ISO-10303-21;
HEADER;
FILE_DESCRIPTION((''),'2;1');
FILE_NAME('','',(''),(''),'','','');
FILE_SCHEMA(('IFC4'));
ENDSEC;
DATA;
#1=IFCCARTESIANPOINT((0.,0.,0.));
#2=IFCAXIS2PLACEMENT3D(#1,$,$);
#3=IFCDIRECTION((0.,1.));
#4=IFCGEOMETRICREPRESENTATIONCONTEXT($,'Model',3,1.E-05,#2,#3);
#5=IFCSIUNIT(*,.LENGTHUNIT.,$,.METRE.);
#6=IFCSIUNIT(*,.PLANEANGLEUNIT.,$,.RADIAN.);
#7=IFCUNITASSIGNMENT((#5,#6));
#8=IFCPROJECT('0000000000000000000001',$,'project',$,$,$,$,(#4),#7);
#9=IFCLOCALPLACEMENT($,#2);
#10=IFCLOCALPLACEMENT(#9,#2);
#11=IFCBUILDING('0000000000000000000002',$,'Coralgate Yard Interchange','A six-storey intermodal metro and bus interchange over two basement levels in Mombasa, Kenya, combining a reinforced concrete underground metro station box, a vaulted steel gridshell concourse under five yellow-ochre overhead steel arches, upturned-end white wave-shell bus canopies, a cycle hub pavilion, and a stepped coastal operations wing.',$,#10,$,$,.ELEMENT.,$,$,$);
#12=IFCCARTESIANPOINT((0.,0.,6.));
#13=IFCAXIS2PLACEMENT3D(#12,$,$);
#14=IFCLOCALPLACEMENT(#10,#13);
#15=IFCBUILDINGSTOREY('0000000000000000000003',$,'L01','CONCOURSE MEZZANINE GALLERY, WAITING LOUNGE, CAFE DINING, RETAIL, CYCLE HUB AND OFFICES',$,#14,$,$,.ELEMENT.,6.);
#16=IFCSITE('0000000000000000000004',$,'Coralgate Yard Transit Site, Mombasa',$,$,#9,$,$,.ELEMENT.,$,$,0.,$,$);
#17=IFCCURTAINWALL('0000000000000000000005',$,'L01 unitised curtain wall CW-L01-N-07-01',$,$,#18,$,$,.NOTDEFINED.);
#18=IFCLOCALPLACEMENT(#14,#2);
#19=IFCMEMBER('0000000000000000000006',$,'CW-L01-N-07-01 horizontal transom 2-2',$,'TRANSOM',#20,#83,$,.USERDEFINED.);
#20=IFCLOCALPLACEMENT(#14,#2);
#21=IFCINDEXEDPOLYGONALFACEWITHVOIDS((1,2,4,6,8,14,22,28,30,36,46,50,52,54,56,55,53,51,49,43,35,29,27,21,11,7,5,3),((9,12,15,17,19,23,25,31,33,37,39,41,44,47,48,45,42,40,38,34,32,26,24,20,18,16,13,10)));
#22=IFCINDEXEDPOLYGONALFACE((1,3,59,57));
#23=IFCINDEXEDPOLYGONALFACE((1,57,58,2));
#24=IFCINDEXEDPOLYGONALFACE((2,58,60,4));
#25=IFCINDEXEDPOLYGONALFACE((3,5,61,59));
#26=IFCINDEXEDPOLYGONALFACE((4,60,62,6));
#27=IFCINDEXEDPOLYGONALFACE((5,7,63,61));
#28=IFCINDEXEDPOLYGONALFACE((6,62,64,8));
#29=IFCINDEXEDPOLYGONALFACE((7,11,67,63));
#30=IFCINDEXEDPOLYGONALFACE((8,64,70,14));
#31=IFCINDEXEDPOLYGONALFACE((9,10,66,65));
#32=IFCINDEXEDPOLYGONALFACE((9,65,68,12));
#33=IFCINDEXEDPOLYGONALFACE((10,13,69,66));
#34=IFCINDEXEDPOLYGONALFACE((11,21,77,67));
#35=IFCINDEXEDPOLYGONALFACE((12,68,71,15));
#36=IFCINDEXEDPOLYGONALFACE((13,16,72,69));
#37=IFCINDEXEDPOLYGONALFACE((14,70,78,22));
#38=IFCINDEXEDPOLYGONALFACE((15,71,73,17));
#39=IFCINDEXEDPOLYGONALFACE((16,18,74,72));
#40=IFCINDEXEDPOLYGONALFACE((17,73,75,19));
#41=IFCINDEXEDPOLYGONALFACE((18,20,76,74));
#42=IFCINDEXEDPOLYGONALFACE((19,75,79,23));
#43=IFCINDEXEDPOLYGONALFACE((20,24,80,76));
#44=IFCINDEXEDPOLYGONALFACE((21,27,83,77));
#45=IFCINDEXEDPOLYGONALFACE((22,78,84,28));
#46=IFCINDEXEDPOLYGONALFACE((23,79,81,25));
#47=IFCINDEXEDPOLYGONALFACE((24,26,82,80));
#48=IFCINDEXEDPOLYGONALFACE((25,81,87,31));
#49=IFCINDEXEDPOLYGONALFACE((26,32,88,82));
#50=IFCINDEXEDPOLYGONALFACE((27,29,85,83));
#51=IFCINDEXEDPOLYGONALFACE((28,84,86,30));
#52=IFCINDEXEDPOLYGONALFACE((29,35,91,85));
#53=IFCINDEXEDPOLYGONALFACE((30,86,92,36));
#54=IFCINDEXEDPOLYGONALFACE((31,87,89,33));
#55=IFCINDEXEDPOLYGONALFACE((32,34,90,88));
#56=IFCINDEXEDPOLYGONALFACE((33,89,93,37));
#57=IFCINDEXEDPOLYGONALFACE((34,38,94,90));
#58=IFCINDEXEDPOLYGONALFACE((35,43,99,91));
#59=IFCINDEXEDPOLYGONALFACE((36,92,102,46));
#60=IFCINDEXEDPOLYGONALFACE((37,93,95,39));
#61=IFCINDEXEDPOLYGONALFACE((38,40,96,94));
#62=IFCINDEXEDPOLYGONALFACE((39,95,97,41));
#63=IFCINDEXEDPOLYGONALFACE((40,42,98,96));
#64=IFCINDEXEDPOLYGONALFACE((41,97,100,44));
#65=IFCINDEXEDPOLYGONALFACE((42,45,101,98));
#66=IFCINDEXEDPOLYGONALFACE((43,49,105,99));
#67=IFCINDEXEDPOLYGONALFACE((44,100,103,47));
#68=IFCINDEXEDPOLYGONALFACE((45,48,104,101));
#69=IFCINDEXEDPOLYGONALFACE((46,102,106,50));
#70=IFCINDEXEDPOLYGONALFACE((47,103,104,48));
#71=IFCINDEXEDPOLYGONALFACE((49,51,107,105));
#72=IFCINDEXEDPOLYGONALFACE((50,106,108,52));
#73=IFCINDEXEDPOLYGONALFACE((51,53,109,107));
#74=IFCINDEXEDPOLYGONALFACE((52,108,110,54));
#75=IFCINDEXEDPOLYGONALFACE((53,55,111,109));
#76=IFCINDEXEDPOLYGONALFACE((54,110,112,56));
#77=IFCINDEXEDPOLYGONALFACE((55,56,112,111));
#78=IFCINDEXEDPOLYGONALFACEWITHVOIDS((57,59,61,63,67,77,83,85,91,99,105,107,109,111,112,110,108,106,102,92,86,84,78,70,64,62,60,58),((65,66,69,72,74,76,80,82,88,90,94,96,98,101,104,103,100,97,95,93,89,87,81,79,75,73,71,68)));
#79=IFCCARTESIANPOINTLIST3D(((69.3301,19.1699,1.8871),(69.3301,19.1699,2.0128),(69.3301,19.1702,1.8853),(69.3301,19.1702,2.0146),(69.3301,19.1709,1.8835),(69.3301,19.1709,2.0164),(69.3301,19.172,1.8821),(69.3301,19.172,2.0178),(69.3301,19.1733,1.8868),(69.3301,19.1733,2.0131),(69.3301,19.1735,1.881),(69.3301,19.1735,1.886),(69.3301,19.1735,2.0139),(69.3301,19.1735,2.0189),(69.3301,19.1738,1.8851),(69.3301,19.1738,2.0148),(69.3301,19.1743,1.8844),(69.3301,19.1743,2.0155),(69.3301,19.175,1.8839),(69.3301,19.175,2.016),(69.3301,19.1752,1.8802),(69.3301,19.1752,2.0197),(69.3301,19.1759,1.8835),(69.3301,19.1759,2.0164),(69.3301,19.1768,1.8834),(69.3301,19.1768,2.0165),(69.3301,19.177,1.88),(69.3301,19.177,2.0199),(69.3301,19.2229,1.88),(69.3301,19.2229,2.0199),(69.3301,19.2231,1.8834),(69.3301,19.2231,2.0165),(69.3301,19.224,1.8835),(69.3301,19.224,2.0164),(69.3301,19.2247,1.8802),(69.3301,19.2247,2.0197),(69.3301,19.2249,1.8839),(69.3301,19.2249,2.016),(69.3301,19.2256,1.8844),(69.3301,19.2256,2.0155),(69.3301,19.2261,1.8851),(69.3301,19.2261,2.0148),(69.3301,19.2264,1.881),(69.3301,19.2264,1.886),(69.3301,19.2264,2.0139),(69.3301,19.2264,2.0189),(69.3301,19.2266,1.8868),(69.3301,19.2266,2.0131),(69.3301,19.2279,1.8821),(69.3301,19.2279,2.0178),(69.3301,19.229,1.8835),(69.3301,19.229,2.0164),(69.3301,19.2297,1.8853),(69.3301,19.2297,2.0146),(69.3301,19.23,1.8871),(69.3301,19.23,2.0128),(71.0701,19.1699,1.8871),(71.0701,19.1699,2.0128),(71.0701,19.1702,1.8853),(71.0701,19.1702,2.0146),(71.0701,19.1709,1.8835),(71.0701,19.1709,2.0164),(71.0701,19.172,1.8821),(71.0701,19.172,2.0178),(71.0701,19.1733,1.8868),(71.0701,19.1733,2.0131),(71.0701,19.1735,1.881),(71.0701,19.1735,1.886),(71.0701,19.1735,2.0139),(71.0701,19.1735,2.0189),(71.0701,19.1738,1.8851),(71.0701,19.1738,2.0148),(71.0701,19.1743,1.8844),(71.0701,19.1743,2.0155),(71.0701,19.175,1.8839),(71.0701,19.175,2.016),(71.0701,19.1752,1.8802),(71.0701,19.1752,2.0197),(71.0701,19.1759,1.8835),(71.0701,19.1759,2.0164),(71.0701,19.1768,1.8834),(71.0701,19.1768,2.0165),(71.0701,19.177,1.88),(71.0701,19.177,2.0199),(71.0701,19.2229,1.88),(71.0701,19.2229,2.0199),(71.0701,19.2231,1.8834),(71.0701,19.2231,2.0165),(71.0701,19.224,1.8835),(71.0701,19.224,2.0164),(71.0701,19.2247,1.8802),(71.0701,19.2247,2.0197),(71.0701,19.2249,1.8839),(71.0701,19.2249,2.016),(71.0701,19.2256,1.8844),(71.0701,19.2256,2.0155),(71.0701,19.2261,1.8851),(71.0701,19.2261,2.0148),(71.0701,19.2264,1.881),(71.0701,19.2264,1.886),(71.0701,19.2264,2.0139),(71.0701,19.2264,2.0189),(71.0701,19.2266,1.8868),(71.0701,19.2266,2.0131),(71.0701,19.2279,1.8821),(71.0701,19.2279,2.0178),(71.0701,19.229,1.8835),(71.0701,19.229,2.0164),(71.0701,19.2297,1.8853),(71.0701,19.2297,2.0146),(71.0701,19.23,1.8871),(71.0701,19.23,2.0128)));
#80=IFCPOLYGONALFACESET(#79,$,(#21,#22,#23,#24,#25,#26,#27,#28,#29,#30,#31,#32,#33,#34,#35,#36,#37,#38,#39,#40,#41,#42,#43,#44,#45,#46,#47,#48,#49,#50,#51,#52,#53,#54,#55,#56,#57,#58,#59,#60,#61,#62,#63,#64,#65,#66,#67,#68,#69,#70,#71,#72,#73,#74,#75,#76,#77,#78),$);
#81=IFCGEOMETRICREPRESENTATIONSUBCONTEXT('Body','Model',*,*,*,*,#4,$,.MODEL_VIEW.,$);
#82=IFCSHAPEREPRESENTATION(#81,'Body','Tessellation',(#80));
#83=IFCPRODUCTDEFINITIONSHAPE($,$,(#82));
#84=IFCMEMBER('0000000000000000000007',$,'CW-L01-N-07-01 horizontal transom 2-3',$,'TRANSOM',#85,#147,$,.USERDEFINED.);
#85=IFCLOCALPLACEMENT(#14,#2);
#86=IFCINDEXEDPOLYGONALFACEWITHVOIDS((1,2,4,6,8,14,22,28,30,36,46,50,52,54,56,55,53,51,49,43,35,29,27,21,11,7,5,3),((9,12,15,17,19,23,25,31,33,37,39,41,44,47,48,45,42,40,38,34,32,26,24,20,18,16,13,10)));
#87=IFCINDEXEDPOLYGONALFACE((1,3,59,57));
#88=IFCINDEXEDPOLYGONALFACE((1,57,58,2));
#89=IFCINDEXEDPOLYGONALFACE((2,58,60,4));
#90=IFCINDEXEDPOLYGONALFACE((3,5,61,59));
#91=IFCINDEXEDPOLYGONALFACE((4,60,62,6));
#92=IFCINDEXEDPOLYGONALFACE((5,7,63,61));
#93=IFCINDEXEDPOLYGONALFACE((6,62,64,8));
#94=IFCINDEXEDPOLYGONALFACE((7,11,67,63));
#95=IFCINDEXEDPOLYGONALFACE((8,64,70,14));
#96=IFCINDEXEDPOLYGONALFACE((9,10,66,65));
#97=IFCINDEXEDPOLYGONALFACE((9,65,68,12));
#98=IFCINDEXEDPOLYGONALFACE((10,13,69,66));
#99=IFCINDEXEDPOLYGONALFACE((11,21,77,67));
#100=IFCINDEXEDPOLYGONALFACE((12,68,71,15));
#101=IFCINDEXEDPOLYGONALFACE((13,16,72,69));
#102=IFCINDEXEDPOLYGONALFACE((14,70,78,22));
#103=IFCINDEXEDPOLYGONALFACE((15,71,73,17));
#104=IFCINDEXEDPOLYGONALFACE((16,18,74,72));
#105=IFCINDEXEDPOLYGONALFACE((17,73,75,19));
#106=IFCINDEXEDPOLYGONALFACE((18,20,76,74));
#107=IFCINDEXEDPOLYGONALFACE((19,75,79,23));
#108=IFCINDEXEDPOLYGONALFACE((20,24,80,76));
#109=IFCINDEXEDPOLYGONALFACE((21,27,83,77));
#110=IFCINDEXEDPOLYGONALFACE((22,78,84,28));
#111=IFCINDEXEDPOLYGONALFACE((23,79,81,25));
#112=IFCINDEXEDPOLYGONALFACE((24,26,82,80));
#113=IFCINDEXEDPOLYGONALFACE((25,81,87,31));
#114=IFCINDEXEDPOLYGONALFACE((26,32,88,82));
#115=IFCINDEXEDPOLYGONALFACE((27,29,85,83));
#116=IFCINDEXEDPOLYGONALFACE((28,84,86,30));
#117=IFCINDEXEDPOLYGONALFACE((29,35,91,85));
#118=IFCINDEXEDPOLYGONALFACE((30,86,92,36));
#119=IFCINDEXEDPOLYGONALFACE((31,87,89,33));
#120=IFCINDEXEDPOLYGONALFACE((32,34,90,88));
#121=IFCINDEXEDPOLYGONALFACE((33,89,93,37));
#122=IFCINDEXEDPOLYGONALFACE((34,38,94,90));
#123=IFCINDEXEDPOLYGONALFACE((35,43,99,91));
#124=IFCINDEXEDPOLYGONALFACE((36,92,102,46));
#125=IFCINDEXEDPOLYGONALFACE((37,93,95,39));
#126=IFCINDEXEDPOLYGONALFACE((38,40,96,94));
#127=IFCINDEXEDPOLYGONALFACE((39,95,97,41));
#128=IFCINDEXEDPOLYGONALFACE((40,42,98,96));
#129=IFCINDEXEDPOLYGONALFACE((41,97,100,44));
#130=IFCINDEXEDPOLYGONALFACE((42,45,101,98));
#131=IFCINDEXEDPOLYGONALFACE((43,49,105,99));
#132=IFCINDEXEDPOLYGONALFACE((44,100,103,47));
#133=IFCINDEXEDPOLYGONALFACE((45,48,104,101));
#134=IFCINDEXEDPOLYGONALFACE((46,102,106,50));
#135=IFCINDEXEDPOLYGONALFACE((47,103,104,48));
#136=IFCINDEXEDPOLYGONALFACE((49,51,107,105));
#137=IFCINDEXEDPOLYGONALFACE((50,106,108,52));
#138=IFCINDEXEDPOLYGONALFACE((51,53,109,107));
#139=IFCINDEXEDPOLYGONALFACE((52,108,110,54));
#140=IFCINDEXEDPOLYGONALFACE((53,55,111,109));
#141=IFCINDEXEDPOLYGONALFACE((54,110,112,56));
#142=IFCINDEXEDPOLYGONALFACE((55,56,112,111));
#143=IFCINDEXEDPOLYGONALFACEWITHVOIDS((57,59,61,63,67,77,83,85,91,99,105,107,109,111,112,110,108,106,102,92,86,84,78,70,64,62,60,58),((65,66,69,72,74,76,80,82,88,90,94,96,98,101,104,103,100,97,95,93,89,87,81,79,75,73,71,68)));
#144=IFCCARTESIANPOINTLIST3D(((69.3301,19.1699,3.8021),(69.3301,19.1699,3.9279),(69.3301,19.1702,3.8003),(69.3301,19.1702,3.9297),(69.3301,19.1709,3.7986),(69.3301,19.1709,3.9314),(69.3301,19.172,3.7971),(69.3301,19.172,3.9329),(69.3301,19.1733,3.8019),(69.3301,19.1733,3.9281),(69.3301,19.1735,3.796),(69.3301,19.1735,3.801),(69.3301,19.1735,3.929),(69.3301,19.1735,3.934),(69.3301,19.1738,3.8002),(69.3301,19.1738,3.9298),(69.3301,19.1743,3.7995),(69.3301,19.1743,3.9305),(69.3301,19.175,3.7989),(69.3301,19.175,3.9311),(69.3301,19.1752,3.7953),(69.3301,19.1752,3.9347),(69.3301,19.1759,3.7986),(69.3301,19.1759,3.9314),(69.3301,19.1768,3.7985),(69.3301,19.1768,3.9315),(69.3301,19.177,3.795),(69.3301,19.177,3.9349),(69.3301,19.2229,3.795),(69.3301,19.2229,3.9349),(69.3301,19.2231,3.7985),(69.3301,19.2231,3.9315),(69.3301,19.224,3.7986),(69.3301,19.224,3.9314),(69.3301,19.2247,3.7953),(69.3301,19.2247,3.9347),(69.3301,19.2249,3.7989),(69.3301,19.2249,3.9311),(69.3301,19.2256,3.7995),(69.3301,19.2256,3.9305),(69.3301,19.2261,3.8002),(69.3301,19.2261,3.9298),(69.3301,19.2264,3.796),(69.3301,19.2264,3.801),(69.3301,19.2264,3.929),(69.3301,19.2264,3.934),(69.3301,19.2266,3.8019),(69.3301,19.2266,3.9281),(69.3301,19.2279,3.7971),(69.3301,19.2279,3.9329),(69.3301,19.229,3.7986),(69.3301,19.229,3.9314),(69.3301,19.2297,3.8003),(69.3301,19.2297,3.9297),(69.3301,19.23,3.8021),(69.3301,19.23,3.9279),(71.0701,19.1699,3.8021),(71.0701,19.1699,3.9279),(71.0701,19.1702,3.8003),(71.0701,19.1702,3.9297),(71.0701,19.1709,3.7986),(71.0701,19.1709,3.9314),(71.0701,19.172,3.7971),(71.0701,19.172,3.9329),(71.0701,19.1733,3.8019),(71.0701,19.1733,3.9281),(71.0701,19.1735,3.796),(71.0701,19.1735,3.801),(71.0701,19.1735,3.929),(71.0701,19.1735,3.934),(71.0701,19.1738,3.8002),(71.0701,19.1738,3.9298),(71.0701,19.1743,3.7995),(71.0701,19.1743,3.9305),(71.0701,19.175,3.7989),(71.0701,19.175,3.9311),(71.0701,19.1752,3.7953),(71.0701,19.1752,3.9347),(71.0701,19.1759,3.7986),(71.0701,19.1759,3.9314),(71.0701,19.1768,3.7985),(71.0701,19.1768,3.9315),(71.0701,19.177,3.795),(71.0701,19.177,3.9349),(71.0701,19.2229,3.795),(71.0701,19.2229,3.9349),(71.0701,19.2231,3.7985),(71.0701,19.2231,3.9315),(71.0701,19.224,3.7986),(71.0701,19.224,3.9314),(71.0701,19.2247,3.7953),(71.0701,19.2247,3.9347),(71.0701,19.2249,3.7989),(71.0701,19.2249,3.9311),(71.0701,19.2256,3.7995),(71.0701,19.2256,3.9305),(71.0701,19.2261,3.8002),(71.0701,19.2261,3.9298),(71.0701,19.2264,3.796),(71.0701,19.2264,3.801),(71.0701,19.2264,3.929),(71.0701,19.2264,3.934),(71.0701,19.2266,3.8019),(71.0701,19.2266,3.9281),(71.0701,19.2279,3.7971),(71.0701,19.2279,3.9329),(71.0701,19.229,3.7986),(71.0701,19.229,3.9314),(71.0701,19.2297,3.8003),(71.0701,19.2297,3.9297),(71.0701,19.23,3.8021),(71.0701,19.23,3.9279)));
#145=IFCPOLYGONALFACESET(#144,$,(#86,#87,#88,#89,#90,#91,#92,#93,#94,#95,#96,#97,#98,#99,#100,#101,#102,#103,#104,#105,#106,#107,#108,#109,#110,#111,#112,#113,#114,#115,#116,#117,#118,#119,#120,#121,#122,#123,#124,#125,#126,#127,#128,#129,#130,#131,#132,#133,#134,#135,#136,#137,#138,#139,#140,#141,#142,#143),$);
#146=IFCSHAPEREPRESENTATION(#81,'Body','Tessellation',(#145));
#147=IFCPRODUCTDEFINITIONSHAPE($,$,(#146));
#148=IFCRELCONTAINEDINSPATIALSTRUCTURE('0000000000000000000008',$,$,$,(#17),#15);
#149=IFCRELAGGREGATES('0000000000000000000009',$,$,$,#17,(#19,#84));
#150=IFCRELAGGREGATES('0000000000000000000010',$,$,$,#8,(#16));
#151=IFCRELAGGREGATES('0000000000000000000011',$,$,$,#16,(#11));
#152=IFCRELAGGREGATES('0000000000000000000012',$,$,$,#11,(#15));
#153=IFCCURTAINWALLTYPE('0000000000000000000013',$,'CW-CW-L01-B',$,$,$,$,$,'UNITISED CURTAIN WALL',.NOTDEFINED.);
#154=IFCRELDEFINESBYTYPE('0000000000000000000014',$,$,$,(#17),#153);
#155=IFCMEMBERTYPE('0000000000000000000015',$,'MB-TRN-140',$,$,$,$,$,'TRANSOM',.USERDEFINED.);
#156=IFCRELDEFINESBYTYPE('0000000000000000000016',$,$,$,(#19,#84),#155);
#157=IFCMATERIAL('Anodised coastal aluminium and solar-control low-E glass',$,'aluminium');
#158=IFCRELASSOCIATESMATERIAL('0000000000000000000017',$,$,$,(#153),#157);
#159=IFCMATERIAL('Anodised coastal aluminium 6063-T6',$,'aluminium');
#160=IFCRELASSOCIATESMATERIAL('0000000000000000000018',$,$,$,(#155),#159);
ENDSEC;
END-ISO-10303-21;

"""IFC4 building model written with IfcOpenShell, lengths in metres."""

from ifc_helpers import new_model, si_unit, direction, frame, origin, origin_2d, place, context, subcontext, project, spatial, hollow_rectangle, extrude, material, material_profile, profile_set, type_object, element, aggregate, save


model = new_model("IFC4")

# Units and contexts
model_context = context("Model", 3, precision=1e-05, world=origin(), true_north=direction((0.0, 1.0)))
body_context = subcontext(model_context, "Body", "Model", "MODEL_VIEW")
ifc_project = project(units=[si_unit("LENGTHUNIT", "METRE"), si_unit("PLANEANGLEUNIT", "RADIAN")], contexts=[model_context])

# Site, building, storey
site_placement = place(None, origin())
site = spatial("IfcSite", under=ifc_project, at=site_placement, Name="Coralgate Yard Transit Site, Mombasa", CompositionType="ELEMENT", RefElevation=0.0)
building_placement = place(site_placement, origin())
building = spatial("IfcBuilding", under=site, at=building_placement, Name="Coralgate Yard Interchange", Description="A six-storey intermodal metro and bus interchange over two basement levels in Mombasa, Kenya, combining a reinforced concrete underground metro station box, a vaulted steel gridshell concourse under five yellow-ochre overhead steel arches, upturned-end white wave-shell bus canopies, a cycle hub pavilion, and a stepped coastal operations wing.", CompositionType="ELEMENT")
storey_placement = place(building_placement, frame((0.0, 0.0, 6.0)))
storey = spatial("IfcBuildingStorey", under=building, at=storey_placement, Name="L01", Description="CONCOURSE MEZZANINE GALLERY, WAITING LOUNGE, CAFE DINING, RETAIL, CYCLE HUB AND OFFICES", CompositionType="ELEMENT", Elevation=6.0)

# Shared definitions
ifc_material_1 = material(Name="Anodised coastal aluminium and solar-control low-E glass", Category="aluminium")
curtain_wall_type = type_object("IfcCurtainWallType", Name="CW-CW-L01-B", ElementType="UNITISED CURTAIN WALL", PredefinedType="NOTDEFINED", material=ifc_material_1)
ifc_material_2 = material(Name="Anodised coastal aluminium 6063-T6", Category="aluminium")

# Curtain wall
curtain_wall_1_placement = place(storey_placement, origin())
curtain_wall_1 = element("IfcCurtainWall", 1, at=curtain_wall_1_placement, inside=storey, type_object=curtain_wall_type, Name="L01 unitised curtain wall CW-L01-N-07-01", PredefinedType="NOTDEFINED")

# Members
ifc_material_profile_1 = material_profile(ifc_material_2, hollow_rectangle(XDim=0.0601, YDim=0.1399, WallThickness=0.0034, InnerFilletRadius=0.0034, OuterFilletRadius=0.0071, at=origin_2d()), Name="ALU 60x140x3.5")
ifc_profile_set_1 = profile_set([ifc_material_profile_1], Name="Anodised coastal aluminium 6063-T6")
member_type_1 = type_object("IfcMemberType", Name="MB-TRN-140", ElementType="TRANSOM", PredefinedType="USERDEFINED", material=ifc_profile_set_1)
member_1_placement = place(storey_placement, frame((69.3301, 19.2, 1.95), z_axis=(1.0, 0.0, 0.0), x_axis=(0.0, 1.0, 0.0)))
member_1 = element("IfcMember", 2, at=member_1_placement, type_object=member_type_1, Name="CW-L01-N-07-01 horizontal transom 2-2", ObjectType="TRANSOM", PredefinedType="USERDEFINED", context=body_context, shape_type="SweptSolid", body=[
    extrude(hollow_rectangle(XDim=0.0601, YDim=0.1399, WallThickness=0.0034, InnerFilletRadius=0.0034, OuterFilletRadius=0.0071, at=origin_2d()), origin(), (0.0, 0.0, 1.0), 1.74),
])
member_2_placement = place(storey_placement, frame((69.3301, 19.2, 3.865), z_axis=(1.0, 0.0, 0.0), x_axis=(0.0, 1.0, 0.0)))
member_2 = element("IfcMember", 3, at=member_2_placement, type_object=member_type_1, Name="CW-L01-N-07-01 horizontal transom 2-3", ObjectType="TRANSOM", PredefinedType="USERDEFINED", context=body_context, shape_type="SweptSolid", body=[
    extrude(hollow_rectangle(XDim=0.0601, YDim=0.1399, WallThickness=0.0034, InnerFilletRadius=0.0034, OuterFilletRadius=0.0071, at=origin_2d()), origin(), (0.0, 0.0, 1.0), 1.74),
])

aggregate(curtain_wall_1, [member_1, member_2])

save(model, "model.ifc")
